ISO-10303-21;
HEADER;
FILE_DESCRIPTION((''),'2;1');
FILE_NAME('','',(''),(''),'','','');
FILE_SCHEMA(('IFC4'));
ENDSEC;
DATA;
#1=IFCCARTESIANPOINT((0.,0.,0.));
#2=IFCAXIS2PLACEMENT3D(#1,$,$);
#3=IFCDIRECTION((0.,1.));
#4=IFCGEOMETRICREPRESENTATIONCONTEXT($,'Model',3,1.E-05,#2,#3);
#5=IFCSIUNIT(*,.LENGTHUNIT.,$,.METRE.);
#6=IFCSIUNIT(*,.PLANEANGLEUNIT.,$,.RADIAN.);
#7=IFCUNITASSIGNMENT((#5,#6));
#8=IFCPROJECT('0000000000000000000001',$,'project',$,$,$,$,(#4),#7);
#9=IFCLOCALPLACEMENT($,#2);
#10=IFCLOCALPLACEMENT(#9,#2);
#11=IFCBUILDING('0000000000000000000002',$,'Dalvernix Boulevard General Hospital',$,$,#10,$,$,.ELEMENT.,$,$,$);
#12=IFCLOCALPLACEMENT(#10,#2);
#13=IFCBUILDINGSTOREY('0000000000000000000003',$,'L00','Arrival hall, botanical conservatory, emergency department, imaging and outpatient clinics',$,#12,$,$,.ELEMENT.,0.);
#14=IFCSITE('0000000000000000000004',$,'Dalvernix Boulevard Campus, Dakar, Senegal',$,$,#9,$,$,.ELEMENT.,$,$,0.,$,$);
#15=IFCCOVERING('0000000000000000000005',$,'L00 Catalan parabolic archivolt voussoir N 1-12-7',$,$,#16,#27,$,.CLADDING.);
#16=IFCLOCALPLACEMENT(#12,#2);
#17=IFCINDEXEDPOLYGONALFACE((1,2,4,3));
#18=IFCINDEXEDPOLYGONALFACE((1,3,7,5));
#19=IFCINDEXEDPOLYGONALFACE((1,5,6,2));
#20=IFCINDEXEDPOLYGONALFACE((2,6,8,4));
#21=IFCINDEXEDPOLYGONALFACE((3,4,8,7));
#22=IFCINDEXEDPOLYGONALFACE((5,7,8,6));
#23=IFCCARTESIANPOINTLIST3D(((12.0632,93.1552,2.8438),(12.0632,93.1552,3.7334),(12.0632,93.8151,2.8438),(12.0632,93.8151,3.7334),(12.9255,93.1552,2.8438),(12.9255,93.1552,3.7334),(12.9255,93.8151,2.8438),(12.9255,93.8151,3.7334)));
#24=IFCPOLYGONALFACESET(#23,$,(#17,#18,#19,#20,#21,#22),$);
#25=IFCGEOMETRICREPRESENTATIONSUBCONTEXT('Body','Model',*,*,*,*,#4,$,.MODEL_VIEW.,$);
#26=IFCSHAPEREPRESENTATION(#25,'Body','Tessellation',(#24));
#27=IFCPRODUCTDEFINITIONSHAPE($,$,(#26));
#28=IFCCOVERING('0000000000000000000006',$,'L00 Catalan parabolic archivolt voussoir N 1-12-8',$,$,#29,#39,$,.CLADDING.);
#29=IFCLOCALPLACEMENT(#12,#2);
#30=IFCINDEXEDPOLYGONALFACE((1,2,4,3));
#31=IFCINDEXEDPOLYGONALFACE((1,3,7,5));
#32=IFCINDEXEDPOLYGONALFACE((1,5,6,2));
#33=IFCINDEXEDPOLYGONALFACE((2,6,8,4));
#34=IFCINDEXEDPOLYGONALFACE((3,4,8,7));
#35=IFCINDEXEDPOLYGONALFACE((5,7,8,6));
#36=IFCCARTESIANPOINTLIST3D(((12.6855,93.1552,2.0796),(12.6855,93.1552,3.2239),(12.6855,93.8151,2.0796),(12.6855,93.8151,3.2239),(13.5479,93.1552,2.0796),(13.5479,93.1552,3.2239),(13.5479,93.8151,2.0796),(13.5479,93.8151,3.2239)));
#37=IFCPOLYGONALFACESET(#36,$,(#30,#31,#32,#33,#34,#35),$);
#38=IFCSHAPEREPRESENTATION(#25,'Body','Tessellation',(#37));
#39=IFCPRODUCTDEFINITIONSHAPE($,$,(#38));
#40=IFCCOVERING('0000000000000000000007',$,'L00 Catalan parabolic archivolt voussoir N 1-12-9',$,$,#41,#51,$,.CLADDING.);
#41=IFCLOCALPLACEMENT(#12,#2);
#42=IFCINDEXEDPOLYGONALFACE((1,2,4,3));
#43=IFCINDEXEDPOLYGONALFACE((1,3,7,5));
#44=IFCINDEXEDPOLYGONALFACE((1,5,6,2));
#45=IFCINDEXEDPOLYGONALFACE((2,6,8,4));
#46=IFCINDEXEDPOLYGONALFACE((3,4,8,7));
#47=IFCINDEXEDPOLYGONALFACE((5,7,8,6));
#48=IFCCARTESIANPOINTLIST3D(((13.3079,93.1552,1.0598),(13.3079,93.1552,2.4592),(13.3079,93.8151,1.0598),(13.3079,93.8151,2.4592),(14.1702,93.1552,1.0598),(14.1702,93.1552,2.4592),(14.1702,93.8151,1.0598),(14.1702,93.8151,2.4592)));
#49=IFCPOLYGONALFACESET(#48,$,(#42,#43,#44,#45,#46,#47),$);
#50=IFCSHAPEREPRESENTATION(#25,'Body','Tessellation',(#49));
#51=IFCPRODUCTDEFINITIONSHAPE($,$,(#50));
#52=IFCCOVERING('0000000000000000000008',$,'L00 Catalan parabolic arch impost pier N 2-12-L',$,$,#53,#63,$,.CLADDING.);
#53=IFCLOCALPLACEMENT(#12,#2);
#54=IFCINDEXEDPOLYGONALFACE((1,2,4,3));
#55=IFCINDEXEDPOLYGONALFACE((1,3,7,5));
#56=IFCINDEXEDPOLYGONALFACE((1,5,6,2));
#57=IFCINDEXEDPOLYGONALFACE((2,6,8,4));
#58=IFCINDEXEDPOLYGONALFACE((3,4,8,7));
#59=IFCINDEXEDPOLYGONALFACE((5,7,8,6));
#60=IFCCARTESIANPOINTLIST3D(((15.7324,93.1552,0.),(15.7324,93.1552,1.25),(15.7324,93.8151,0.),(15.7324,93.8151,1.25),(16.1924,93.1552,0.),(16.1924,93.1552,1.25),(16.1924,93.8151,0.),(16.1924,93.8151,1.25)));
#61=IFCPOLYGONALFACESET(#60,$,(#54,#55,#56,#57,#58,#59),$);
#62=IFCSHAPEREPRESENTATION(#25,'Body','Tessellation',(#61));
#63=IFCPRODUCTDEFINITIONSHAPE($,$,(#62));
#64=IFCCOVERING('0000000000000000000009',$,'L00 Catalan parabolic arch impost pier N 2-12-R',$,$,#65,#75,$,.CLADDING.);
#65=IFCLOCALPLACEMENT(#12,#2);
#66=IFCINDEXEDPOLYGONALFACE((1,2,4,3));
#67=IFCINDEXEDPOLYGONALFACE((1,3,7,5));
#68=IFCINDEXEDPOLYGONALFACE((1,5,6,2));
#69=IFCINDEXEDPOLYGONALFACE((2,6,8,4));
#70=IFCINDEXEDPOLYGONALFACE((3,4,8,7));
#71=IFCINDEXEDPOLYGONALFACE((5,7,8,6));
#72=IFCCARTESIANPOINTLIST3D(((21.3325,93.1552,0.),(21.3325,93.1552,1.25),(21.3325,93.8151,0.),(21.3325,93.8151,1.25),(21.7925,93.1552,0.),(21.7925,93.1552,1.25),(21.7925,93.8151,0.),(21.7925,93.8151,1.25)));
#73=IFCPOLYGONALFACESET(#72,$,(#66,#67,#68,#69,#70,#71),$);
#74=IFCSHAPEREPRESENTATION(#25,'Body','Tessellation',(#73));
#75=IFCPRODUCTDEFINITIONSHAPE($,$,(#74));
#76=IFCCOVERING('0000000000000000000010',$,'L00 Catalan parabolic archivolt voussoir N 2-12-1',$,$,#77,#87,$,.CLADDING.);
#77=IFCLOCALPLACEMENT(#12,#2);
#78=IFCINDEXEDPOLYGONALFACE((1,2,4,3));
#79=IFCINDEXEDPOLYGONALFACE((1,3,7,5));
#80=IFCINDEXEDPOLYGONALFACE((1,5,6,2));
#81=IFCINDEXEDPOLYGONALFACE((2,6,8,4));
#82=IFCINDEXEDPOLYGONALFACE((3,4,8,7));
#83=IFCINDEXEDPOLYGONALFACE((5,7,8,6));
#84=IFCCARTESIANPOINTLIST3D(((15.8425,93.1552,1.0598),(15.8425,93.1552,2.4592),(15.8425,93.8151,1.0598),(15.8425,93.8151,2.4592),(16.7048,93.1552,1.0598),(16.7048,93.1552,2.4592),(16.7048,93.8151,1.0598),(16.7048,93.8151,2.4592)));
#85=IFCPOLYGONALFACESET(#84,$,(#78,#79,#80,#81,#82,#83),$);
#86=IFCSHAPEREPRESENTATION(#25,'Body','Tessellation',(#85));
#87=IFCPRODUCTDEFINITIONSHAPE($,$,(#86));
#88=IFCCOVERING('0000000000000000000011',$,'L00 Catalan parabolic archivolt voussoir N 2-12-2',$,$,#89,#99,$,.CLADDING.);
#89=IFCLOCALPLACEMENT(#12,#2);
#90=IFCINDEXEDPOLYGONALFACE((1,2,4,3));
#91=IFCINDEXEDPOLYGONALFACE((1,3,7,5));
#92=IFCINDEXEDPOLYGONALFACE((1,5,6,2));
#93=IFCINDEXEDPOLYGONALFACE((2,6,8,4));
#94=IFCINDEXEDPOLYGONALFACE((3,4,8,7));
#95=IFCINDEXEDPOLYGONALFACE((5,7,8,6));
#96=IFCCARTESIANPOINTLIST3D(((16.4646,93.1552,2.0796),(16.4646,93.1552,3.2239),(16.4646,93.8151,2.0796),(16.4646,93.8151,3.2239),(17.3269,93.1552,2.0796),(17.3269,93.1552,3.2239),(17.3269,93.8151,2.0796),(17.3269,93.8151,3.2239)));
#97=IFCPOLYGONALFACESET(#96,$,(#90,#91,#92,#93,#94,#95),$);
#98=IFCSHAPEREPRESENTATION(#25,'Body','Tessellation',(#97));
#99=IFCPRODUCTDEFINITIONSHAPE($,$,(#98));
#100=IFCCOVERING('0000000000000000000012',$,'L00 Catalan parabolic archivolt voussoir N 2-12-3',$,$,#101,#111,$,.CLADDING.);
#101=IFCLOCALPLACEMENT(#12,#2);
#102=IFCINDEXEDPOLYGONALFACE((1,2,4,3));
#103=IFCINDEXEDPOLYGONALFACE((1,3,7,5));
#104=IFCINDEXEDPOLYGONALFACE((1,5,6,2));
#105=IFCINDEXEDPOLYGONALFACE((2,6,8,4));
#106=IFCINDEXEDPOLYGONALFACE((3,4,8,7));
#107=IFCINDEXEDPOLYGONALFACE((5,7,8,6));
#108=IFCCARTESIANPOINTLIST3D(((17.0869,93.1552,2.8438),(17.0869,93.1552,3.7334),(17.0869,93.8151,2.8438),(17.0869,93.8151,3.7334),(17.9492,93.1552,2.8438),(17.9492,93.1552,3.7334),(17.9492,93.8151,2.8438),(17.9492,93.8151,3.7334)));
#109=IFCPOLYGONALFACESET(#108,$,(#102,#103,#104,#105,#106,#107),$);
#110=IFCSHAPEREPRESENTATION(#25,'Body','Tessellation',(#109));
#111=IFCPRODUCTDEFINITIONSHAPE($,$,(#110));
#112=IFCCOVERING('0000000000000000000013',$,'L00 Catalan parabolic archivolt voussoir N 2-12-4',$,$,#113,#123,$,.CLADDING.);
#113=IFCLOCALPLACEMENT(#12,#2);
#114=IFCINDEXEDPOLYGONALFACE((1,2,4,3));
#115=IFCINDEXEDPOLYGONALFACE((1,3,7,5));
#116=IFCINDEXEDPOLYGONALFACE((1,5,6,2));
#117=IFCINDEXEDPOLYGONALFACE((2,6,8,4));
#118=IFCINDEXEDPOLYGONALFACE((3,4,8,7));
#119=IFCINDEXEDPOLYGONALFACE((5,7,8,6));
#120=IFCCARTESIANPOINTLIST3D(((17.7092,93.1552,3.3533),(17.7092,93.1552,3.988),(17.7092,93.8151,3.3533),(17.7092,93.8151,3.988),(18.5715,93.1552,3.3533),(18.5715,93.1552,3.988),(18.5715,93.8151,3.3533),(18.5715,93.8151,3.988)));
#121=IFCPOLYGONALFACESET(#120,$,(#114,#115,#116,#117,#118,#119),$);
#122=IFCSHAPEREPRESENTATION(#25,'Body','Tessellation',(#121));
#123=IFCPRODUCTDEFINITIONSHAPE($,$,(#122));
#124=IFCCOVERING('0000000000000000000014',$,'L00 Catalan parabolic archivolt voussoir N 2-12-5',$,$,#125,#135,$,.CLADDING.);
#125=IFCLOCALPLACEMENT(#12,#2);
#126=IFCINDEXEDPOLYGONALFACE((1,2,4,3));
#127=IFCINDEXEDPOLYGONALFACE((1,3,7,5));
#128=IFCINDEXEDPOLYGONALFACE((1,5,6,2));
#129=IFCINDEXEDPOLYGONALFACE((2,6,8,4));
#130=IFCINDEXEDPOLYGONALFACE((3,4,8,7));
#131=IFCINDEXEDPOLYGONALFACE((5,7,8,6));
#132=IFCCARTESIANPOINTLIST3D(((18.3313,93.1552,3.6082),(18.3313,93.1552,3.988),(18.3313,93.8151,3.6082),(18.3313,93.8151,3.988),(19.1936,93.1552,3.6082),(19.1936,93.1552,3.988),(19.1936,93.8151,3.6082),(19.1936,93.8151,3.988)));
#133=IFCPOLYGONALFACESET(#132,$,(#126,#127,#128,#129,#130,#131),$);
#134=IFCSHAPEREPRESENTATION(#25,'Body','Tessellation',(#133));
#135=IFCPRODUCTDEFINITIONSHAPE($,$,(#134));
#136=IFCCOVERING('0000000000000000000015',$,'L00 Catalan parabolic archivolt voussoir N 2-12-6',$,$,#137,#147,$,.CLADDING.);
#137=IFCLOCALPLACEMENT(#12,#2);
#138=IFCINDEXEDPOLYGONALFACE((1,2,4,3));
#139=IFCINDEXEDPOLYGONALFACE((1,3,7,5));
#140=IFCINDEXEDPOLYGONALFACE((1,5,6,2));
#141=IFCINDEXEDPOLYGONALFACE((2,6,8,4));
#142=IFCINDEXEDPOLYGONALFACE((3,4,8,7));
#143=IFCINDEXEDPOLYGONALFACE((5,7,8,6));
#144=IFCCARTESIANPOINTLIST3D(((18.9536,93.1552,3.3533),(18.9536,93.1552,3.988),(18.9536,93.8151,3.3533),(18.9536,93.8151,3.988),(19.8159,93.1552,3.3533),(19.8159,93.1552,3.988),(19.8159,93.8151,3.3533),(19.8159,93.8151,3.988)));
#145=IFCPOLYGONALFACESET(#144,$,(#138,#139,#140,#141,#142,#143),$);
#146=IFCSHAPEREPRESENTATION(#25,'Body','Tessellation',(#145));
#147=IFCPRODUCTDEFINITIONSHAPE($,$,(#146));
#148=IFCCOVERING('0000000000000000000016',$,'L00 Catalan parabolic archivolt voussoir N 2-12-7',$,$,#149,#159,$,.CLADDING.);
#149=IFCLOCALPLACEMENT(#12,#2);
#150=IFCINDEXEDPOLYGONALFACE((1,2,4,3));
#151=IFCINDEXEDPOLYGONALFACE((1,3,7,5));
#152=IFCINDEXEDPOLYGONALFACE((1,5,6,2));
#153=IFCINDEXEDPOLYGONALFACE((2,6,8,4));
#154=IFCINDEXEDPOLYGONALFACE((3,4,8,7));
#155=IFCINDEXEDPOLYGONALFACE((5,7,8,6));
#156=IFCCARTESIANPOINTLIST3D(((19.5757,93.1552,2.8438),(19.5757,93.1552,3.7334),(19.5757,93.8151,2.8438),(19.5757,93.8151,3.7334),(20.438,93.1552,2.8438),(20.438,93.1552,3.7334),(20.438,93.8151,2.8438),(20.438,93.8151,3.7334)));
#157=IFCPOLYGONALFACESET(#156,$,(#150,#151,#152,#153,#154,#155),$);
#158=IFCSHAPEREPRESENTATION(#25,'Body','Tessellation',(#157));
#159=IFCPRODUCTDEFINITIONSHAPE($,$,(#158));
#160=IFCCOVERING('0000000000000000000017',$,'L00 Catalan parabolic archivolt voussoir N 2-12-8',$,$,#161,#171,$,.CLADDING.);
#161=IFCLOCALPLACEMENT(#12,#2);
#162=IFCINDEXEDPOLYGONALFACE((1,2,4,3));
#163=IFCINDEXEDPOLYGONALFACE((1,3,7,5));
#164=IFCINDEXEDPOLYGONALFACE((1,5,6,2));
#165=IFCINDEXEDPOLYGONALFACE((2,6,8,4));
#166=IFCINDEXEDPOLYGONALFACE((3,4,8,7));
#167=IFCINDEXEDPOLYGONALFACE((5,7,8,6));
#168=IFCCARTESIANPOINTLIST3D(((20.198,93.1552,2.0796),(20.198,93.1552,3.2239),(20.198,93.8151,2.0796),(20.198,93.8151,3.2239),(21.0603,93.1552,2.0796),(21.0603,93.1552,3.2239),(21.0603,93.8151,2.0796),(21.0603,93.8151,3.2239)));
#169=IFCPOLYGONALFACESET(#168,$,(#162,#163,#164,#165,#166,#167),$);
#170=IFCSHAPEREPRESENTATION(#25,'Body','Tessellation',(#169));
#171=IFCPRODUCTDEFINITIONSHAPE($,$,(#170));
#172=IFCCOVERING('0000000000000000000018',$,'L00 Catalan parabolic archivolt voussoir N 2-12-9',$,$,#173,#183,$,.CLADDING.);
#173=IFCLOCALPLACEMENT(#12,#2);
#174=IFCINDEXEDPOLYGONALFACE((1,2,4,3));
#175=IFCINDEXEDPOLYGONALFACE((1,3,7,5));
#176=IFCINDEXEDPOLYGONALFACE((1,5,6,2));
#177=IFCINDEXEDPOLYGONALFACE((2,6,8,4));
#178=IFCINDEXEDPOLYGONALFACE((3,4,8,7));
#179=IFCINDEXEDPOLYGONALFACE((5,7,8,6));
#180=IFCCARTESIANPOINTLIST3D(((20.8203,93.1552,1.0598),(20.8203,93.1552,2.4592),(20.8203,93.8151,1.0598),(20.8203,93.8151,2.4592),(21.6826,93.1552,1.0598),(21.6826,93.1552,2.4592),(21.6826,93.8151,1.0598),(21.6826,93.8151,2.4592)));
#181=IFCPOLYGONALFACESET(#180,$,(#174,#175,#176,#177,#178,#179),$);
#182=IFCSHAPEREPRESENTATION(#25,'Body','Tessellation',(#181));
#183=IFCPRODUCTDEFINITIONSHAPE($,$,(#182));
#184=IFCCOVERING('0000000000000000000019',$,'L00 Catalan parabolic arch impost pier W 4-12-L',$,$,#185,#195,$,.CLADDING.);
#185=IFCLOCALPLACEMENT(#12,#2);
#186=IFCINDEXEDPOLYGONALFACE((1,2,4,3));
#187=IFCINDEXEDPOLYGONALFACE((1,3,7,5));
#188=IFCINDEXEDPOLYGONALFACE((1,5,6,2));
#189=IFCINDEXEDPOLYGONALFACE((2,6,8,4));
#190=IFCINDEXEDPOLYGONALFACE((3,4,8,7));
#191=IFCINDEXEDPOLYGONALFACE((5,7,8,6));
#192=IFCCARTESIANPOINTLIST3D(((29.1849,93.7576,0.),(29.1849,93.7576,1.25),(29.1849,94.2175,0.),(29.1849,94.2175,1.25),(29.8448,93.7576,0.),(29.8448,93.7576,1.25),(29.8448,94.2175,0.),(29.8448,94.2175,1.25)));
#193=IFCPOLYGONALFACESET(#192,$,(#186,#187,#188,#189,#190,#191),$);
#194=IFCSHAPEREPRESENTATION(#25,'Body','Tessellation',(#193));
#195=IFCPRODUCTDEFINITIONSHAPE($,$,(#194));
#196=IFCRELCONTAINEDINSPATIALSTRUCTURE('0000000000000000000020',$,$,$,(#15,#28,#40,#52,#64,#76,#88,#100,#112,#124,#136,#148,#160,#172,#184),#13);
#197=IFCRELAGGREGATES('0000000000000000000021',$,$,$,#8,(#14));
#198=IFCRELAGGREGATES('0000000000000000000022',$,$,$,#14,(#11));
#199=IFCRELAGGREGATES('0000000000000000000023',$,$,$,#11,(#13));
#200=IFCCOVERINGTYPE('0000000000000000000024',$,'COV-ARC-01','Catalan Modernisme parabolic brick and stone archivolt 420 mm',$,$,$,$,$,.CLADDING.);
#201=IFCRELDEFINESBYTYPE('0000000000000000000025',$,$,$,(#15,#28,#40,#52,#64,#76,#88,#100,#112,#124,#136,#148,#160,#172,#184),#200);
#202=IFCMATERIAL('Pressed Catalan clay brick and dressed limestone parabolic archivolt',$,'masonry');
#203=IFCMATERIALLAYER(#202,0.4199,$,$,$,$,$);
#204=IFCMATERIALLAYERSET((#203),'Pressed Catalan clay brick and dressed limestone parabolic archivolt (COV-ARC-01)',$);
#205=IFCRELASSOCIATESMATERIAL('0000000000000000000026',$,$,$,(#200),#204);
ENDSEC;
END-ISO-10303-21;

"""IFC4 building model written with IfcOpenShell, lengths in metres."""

from ifc_helpers import new_model, si_unit, direction, frame, origin, origin_2d, place, context, subcontext, project, spatial, rectangle, extrude, material, layer, layer_set, type_object, element, save


model = new_model("IFC4")

# Units and contexts
model_context = context("Model", 3, precision=1e-05, world=origin(), true_north=direction((0.0, 1.0)))
body_context = subcontext(model_context, "Body", "Model", "MODEL_VIEW")
ifc_project = project(units=[si_unit("LENGTHUNIT", "METRE"), si_unit("PLANEANGLEUNIT", "RADIAN")], contexts=[model_context])

# Site, building, storey
site_placement = place(None, origin())
site = spatial("IfcSite", under=ifc_project, at=site_placement, Name="Dalvernix Boulevard Campus, Dakar, Senegal", CompositionType="ELEMENT", RefElevation=0.0)
building_placement = place(site_placement, origin())
building = spatial("IfcBuilding", under=site, at=building_placement, Name="Dalvernix Boulevard General Hospital", CompositionType="ELEMENT")
storey_placement = place(building_placement, origin())
storey = spatial("IfcBuildingStorey", under=building, at=storey_placement, Name="L00", Description="Arrival hall, botanical conservatory, emergency department, imaging and outpatient clinics", CompositionType="ELEMENT", Elevation=0.0)

# Coverings
ifc_material_1 = material(Name="Pressed Catalan clay brick and dressed limestone parabolic archivolt", Category="masonry")
ifc_layer_1 = layer(ifc_material_1, 0.4199)
ifc_layer_set_1 = layer_set([ifc_layer_1], Name="Pressed Catalan clay brick and dressed limestone parabolic archivolt (COV-ARC-01)")
covering_type_1 = type_object("IfcCoveringType", Name="COV-ARC-01", Description="Catalan Modernisme parabolic brick and stone archivolt 420 mm", PredefinedType="CLADDING", material=ifc_layer_set_1)
covering_1_placement = place(storey_placement, frame((12.4944, 93.4851, 2.8438), z_axis=(0.0, 0.0, 1.0), x_axis=(1.0, 0.0, 0.0)))
element("IfcCovering", 1, at=covering_1_placement, inside=storey, type_object=covering_type_1, Name="L00 Catalan parabolic archivolt voussoir N 1-12-7", PredefinedType="CLADDING", context=body_context, shape_type="SweptSolid", body=[
    extrude(rectangle(XDim=0.8623, YDim=0.6599, at=origin_2d()), origin(), (0.0, 0.0, 1.0), 0.8896),
])
covering_2_placement = place(storey_placement, frame((13.1167, 93.4851, 2.0796), z_axis=(0.0, 0.0, 1.0), x_axis=(1.0, 0.0, 0.0)))
element("IfcCovering", 2, at=covering_2_placement, inside=storey, type_object=covering_type_1, Name="L00 Catalan parabolic archivolt voussoir N 1-12-8", PredefinedType="CLADDING", context=body_context, shape_type="SweptSolid", body=[
    extrude(rectangle(XDim=0.8623, YDim=0.6599, at=origin_2d()), origin(), (0.0, 0.0, 1.0), 1.1443),
])
covering_3_placement = place(storey_placement, frame((13.739, 93.4851, 1.0598), z_axis=(0.0, 0.0, 1.0), x_axis=(1.0, 0.0, 0.0)))
element("IfcCovering", 3, at=covering_3_placement, inside=storey, type_object=covering_type_1, Name="L00 Catalan parabolic archivolt voussoir N 1-12-9", PredefinedType="CLADDING", context=body_context, shape_type="SweptSolid", body=[
    extrude(rectangle(XDim=0.8623, YDim=0.6599, at=origin_2d()), origin(), (0.0, 0.0, 1.0), 1.3994),
])
for number, where, z_axis, x_axis, name in (
    (4, (15.9624, 93.4851, 0.0), (0.0, 0.0, 1.0), (1.0, 0.0, 0.0), "L00 Catalan parabolic arch impost pier N 2-12-L"),
    (5, (21.5625, 93.4851, 0.0), (0.0, 0.0, 1.0), (1.0, 0.0, 0.0), "L00 Catalan parabolic arch impost pier N 2-12-R"),
):
    element("IfcCovering", number, at=place(storey_placement, frame(where, z_axis=z_axis, x_axis=x_axis)), inside=storey, type_object=covering_type_1, Name=name, PredefinedType="CLADDING", context=body_context, shape_type="SweptSolid", body=[
        extrude(rectangle(XDim=0.46, YDim=0.6599, at=origin_2d()), origin(), (0.0, 0.0, 1.0), 1.25),
    ])
covering_4_placement = place(storey_placement, frame((16.2737, 93.4851, 1.0598), z_axis=(0.0, 0.0, 1.0), x_axis=(1.0, 0.0, 0.0)))
element("IfcCovering", 6, at=covering_4_placement, inside=storey, type_object=covering_type_1, Name="L00 Catalan parabolic archivolt voussoir N 2-12-1", PredefinedType="CLADDING", context=body_context, shape_type="SweptSolid", body=[
    extrude(rectangle(XDim=0.8623, YDim=0.6599, at=origin_2d()), origin(), (0.0, 0.0, 1.0), 1.3994),
])
covering_5_placement = place(storey_placement, frame((16.8958, 93.4851, 2.0796), z_axis=(0.0, 0.0, 1.0), x_axis=(1.0, 0.0, 0.0)))
element("IfcCovering", 7, at=covering_5_placement, inside=storey, type_object=covering_type_1, Name="L00 Catalan parabolic archivolt voussoir N 2-12-2", PredefinedType="CLADDING", context=body_context, shape_type="SweptSolid", body=[
    extrude(rectangle(XDim=0.8623, YDim=0.6599, at=origin_2d()), origin(), (0.0, 0.0, 1.0), 1.1443),
])
covering_6_placement = place(storey_placement, frame((17.5181, 93.4851, 2.8438), z_axis=(0.0, 0.0, 1.0), x_axis=(1.0, 0.0, 0.0)))
element("IfcCovering", 8, at=covering_6_placement, inside=storey, type_object=covering_type_1, Name="L00 Catalan parabolic archivolt voussoir N 2-12-3", PredefinedType="CLADDING", context=body_context, shape_type="SweptSolid", body=[
    extrude(rectangle(XDim=0.8623, YDim=0.6599, at=origin_2d()), origin(), (0.0, 0.0, 1.0), 0.8896),
])
covering_7_placement = place(storey_placement, frame((18.1404, 93.4851, 3.3533), z_axis=(0.0, 0.0, 1.0), x_axis=(1.0, 0.0, 0.0)))
element("IfcCovering", 9, at=covering_7_placement, inside=storey, type_object=covering_type_1, Name="L00 Catalan parabolic archivolt voussoir N 2-12-4", PredefinedType="CLADDING", context=body_context, shape_type="SweptSolid", body=[
    extrude(rectangle(XDim=0.8623, YDim=0.6599, at=origin_2d()), origin(), (0.0, 0.0, 1.0), 0.6348),
])
covering_8_placement = place(storey_placement, frame((18.7625, 93.4851, 3.6082), z_axis=(0.0, 0.0, 1.0), x_axis=(1.0, 0.0, 0.0)))
element("IfcCovering", 10, at=covering_8_placement, inside=storey, type_object=covering_type_1, Name="L00 Catalan parabolic archivolt voussoir N 2-12-5", PredefinedType="CLADDING", context=body_context, shape_type="SweptSolid", body=[
    extrude(rectangle(XDim=0.8623, YDim=0.6599, at=origin_2d()), origin(), (0.0, 0.0, 1.0), 0.3799),
])
covering_9_placement = place(storey_placement, frame((19.3848, 93.4851, 3.3533), z_axis=(0.0, 0.0, 1.0), x_axis=(1.0, 0.0, 0.0)))
element("IfcCovering", 11, at=covering_9_placement, inside=storey, type_object=covering_type_1, Name="L00 Catalan parabolic archivolt voussoir N 2-12-6", PredefinedType="CLADDING", context=body_context, shape_type="SweptSolid", body=[
    extrude(rectangle(XDim=0.8623, YDim=0.6599, at=origin_2d()), origin(), (0.0, 0.0, 1.0), 0.6348),
])
covering_10_placement = place(storey_placement, frame((20.0068, 93.4851, 2.8438), z_axis=(0.0, 0.0, 1.0), x_axis=(1.0, 0.0, 0.0)))
element("IfcCovering", 12, at=covering_10_placement, inside=storey, type_object=covering_type_1, Name="L00 Catalan parabolic archivolt voussoir N 2-12-7", PredefinedType="CLADDING", context=body_context, shape_type="SweptSolid", body=[
    extrude(rectangle(XDim=0.8623, YDim=0.6599, at=origin_2d()), origin(), (0.0, 0.0, 1.0), 0.8896),
])
covering_11_placement = place(storey_placement, frame((20.6292, 93.4851, 2.0796), z_axis=(0.0, 0.0, 1.0), x_axis=(1.0, 0.0, 0.0)))
element("IfcCovering", 13, at=covering_11_placement, inside=storey, type_object=covering_type_1, Name="L00 Catalan parabolic archivolt voussoir N 2-12-8", PredefinedType="CLADDING", context=body_context, shape_type="SweptSolid", body=[
    extrude(rectangle(XDim=0.8623, YDim=0.6599, at=origin_2d()), origin(), (0.0, 0.0, 1.0), 1.1443),
])
covering_12_placement = place(storey_placement, frame((21.2515, 93.4851, 1.0598), z_axis=(0.0, 0.0, 1.0), x_axis=(1.0, 0.0, 0.0)))
element("IfcCovering", 14, at=covering_12_placement, inside=storey, type_object=covering_type_1, Name="L00 Catalan parabolic archivolt voussoir N 2-12-9", PredefinedType="CLADDING", context=body_context, shape_type="SweptSolid", body=[
    extrude(rectangle(XDim=0.8623, YDim=0.6599, at=origin_2d()), origin(), (0.0, 0.0, 1.0), 1.3994),
])
covering_13_placement = place(storey_placement, frame((29.5149, 93.9875, 0.0), z_axis=(0.0, 0.0, 1.0), x_axis=(0.0, 1.0, 0.0)))
element("IfcCovering", 15, at=covering_13_placement, inside=storey, type_object=covering_type_1, Name="L00 Catalan parabolic arch impost pier W 4-12-L", PredefinedType="CLADDING", context=body_context, shape_type="SweptSolid", body=[
    extrude(rectangle(XDim=0.46, YDim=0.6599, at=origin_2d()), origin(), (0.0, 0.0, 1.0), 1.25),
])

save(model, "model.ifc")
